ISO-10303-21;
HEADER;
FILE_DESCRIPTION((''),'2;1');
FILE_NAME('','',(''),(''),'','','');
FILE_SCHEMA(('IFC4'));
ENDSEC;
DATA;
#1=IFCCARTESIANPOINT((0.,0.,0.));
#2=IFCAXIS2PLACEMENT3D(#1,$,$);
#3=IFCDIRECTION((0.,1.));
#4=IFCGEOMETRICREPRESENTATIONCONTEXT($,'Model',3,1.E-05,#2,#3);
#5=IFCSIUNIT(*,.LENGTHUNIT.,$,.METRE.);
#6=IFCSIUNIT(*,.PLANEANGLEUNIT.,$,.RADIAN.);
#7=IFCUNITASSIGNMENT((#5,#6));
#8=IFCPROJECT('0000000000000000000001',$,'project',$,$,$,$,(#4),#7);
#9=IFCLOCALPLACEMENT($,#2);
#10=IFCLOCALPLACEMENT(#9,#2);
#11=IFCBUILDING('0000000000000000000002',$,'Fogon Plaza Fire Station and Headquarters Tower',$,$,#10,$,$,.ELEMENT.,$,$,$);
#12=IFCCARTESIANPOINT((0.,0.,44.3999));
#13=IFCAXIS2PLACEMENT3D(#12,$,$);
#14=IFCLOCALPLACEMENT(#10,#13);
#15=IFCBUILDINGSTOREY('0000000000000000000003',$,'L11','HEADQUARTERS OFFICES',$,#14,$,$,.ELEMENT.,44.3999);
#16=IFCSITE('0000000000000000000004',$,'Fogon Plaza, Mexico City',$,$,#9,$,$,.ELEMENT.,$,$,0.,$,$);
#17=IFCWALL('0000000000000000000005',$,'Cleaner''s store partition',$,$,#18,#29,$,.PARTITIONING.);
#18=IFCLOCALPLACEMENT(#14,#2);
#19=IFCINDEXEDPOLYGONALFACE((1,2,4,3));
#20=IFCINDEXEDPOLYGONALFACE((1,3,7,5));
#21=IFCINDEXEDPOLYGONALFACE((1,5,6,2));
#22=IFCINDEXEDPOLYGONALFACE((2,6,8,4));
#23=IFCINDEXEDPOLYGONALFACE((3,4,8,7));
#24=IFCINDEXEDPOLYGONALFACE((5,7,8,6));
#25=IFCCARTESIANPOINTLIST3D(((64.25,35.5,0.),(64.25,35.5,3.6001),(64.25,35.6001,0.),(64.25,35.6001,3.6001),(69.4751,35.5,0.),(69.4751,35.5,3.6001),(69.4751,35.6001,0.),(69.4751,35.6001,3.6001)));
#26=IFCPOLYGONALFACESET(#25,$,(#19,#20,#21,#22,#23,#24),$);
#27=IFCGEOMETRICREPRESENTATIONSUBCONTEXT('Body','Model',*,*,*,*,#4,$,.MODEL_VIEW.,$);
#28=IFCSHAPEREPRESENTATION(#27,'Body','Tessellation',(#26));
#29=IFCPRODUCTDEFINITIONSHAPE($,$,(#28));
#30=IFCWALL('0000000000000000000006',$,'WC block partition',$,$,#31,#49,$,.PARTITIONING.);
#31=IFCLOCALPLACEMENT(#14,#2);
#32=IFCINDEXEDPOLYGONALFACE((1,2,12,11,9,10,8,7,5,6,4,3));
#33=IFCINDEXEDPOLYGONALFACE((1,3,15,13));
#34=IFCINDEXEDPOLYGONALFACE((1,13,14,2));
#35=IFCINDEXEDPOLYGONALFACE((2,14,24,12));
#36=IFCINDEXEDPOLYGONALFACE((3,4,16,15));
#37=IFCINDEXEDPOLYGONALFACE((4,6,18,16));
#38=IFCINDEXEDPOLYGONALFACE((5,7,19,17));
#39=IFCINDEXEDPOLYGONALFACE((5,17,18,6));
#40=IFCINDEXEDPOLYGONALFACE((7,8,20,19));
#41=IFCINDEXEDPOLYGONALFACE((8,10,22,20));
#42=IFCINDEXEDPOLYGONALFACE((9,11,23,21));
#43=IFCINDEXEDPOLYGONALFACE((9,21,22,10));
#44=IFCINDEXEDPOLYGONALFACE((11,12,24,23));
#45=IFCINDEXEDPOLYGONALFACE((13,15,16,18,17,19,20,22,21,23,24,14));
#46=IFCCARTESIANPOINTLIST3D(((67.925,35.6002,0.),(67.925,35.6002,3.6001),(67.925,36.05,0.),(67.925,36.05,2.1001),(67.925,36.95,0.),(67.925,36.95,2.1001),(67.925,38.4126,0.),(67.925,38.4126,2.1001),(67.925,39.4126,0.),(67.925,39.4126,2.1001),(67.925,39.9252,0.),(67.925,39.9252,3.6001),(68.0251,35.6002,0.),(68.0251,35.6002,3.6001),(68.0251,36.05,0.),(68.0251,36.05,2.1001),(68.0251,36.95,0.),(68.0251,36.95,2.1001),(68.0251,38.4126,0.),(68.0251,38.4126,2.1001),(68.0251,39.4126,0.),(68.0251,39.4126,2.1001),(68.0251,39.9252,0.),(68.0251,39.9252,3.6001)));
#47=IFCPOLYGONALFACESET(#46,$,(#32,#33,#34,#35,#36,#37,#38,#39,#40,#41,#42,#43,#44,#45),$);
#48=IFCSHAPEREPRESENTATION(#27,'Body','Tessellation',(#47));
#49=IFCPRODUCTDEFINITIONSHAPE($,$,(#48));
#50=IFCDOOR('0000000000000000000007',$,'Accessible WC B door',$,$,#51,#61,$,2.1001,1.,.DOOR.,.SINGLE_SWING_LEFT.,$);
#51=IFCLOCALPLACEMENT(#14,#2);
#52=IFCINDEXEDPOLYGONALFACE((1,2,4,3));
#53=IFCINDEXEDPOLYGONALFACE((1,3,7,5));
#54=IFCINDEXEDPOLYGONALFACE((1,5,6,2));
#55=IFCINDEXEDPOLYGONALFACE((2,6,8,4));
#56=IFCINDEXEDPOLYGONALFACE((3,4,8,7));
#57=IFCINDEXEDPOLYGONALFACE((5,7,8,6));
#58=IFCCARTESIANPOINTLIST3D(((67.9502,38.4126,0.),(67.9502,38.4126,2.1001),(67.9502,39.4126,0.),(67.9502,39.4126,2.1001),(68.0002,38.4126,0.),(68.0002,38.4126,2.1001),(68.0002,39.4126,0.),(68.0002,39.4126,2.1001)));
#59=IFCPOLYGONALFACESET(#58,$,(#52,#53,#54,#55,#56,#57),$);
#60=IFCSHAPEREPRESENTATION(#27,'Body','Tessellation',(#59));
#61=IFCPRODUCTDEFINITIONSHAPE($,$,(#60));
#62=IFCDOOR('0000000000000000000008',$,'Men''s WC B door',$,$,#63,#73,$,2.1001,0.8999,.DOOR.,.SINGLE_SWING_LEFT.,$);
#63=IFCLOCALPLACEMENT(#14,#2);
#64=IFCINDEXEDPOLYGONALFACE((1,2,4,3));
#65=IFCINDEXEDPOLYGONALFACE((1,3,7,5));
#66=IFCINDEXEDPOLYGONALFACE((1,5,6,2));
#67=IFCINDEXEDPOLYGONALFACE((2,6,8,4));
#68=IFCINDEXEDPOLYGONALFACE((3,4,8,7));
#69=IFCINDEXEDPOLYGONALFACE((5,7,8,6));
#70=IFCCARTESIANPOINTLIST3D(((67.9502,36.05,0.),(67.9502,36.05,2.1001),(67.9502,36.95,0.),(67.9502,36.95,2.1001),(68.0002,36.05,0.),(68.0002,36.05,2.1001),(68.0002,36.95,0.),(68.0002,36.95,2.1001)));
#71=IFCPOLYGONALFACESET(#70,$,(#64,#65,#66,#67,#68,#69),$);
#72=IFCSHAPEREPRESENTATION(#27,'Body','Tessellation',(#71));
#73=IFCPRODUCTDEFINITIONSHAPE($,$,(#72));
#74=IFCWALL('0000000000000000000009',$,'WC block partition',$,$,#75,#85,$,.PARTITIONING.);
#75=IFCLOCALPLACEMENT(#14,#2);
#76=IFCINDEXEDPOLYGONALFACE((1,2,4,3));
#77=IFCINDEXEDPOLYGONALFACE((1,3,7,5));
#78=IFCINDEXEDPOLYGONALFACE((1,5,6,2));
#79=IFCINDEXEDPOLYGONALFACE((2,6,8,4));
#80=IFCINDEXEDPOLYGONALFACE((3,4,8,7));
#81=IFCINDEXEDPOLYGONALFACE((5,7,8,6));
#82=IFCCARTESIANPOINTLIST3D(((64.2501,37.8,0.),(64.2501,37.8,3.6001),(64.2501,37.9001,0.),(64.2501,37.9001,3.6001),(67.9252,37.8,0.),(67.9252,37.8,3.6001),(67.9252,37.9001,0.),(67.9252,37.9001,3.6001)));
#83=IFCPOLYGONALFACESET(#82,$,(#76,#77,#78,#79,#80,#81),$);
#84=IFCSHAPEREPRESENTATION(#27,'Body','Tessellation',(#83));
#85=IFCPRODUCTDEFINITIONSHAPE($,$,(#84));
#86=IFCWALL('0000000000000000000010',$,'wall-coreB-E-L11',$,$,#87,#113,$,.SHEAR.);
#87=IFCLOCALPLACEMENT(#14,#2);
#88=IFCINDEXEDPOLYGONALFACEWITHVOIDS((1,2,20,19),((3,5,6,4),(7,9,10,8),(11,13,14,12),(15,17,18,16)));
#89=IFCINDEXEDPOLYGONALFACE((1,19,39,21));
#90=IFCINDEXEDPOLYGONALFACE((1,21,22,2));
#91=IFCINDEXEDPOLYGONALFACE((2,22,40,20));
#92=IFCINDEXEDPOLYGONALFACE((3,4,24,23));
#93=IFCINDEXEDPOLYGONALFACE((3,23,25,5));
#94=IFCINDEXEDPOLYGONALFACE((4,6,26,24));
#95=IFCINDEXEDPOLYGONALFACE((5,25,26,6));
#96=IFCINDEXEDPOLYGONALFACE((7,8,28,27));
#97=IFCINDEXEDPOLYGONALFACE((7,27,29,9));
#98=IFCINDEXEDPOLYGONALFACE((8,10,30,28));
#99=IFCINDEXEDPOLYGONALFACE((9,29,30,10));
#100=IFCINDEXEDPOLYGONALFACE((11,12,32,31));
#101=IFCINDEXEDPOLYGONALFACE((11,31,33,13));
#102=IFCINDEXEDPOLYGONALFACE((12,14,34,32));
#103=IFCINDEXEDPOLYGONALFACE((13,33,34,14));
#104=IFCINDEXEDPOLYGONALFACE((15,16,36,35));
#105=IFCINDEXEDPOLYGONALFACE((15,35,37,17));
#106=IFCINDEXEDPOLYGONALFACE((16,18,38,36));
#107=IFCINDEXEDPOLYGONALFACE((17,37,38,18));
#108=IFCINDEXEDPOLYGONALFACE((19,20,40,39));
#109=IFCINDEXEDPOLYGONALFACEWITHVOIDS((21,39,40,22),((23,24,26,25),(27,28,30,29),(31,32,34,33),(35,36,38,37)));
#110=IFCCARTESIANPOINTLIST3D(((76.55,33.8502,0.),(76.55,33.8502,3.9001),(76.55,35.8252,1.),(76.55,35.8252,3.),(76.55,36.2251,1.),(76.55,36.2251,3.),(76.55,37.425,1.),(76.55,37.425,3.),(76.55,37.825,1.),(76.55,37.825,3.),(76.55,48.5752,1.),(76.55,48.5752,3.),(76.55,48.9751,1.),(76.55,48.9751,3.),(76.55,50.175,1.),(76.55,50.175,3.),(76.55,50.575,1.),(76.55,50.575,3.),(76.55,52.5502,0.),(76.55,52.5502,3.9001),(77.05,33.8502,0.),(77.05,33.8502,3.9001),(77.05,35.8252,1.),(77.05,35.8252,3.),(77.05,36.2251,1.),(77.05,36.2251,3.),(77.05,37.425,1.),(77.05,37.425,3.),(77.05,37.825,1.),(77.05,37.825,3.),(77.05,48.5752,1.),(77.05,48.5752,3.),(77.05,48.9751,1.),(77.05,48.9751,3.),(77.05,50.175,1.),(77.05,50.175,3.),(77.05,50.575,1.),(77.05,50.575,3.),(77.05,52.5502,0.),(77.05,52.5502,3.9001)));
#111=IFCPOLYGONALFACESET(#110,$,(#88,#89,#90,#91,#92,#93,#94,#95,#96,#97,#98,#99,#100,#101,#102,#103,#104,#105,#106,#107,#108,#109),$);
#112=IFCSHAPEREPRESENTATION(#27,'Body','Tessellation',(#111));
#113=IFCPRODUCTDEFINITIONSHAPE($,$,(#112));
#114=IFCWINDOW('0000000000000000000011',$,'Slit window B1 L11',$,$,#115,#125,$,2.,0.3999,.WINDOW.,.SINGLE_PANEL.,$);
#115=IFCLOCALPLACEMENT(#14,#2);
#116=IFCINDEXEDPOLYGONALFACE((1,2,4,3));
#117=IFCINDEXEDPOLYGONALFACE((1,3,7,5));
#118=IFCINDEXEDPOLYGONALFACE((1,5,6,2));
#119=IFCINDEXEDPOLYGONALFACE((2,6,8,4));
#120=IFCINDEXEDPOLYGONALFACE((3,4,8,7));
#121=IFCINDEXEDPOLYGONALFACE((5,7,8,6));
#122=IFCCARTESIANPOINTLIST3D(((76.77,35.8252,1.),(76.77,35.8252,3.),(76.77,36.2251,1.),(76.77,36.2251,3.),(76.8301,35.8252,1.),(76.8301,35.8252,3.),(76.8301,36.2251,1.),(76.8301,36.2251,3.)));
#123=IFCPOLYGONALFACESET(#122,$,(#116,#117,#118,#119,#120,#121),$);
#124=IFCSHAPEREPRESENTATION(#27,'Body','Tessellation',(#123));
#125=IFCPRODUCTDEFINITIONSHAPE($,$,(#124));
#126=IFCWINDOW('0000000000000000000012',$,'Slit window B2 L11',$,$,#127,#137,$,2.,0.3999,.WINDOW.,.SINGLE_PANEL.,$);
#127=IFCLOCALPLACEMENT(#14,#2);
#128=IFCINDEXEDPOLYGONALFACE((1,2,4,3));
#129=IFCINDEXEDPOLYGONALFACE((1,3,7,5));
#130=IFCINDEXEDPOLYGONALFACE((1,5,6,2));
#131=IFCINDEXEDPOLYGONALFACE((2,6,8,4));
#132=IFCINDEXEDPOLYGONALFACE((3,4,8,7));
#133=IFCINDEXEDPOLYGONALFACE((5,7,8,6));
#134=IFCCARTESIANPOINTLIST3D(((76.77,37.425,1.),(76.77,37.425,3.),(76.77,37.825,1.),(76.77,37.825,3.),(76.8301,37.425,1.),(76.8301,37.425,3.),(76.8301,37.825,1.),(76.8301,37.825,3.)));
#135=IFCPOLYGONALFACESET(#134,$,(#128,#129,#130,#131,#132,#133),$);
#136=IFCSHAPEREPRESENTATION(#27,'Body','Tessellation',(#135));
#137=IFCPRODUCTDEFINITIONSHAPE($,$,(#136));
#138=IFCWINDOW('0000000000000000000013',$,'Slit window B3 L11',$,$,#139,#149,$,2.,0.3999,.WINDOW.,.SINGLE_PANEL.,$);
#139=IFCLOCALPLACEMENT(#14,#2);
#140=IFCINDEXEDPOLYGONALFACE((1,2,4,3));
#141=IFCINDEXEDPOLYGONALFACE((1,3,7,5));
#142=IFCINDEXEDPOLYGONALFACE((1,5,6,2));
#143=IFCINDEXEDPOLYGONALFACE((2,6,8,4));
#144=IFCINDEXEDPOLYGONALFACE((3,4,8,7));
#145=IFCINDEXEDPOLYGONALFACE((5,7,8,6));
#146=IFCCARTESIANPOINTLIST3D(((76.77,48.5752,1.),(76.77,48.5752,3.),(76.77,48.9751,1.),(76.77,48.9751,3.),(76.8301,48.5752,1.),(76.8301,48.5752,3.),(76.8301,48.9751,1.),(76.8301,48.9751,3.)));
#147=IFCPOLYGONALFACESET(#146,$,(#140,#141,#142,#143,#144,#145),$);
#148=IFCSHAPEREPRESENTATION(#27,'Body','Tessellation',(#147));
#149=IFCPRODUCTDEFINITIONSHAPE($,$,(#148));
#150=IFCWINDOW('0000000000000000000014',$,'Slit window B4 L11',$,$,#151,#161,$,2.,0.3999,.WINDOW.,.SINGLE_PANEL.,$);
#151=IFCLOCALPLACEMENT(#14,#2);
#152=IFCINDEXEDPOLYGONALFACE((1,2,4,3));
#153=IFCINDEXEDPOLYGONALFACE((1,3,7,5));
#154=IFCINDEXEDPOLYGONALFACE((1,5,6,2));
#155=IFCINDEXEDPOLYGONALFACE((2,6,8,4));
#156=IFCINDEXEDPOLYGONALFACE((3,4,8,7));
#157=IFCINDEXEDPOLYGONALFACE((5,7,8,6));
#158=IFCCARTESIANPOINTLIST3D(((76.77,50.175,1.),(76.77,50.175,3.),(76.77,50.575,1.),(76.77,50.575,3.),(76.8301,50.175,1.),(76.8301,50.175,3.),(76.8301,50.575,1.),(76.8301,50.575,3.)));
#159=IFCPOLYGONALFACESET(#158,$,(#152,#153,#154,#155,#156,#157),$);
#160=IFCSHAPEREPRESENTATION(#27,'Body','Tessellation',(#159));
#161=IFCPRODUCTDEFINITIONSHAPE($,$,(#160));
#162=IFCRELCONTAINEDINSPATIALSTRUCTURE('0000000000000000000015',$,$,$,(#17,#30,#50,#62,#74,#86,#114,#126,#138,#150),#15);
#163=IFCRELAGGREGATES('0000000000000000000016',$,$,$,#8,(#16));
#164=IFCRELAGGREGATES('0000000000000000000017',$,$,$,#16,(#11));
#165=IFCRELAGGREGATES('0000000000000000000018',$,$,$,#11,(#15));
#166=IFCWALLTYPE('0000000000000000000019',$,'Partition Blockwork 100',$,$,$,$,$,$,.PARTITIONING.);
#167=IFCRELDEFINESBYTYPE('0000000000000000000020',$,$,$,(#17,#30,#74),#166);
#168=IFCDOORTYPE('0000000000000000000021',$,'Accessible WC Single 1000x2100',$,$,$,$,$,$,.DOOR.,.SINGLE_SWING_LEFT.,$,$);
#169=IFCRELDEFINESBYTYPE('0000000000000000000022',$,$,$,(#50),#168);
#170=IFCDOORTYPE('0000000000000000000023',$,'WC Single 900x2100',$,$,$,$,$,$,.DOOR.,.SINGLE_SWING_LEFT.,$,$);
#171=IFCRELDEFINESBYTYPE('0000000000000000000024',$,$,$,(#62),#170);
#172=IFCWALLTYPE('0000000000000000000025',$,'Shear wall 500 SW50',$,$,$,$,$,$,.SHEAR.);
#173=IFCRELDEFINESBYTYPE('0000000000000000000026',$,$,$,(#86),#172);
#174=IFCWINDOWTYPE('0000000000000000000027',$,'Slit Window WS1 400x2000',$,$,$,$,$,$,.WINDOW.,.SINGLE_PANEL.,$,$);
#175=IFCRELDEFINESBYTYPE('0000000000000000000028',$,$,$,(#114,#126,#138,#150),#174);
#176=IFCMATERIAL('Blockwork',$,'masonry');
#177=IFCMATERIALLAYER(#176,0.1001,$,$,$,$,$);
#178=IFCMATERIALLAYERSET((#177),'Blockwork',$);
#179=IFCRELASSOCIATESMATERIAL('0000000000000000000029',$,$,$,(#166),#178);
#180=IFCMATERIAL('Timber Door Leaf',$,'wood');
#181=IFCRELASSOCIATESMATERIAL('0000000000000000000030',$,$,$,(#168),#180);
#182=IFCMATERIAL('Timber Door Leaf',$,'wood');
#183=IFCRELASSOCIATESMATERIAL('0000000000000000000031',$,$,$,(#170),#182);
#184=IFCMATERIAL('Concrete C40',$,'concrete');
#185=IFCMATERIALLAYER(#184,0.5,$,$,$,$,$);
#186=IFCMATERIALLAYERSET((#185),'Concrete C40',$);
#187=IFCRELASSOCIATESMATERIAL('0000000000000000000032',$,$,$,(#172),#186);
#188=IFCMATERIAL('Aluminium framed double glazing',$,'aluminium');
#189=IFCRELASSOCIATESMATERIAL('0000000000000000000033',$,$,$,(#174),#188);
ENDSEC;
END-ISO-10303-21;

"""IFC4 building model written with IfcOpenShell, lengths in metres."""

from ifc_helpers import new_model, si_unit, direction, frame, frame_2d, origin, place, context, subcontext, project, spatial, rectangle, extrude, material, layer, layer_set, type_object, element, fill, save


model = new_model("IFC4")

# Units and contexts
model_context = context("Model", 3, precision=1e-05, world=origin(), true_north=direction((0.0, 1.0)))
body_context = subcontext(model_context, "Body", "Model", "MODEL_VIEW")
ifc_project = project(units=[si_unit("LENGTHUNIT", "METRE"), si_unit("PLANEANGLEUNIT", "RADIAN")], contexts=[model_context])

# Site, building, storey
site_placement = place(None, origin())
site = spatial("IfcSite", under=ifc_project, at=site_placement, Name="Fogon Plaza, Mexico City", CompositionType="ELEMENT", RefElevation=0.0)
building_placement = place(site_placement, origin())
building = spatial("IfcBuilding", under=site, at=building_placement, Name="Fogon Plaza Fire Station and Headquarters Tower", CompositionType="ELEMENT")
storey_placement = place(building_placement, frame((0.0, 0.0, 44.3999)))
storey = spatial("IfcBuildingStorey", under=building, at=storey_placement, Name="L11", Description="HEADQUARTERS OFFICES", CompositionType="ELEMENT", Elevation=44.3999)

# Wall
ifc_material_1 = material(Name="Blockwork", Category="masonry")
ifc_layer_1 = layer(ifc_material_1, 0.1001)
ifc_layer_set_1 = layer_set([ifc_layer_1], Name="Blockwork")
wall_type_1 = type_object("IfcWallType", Name="Partition Blockwork 100", PredefinedType="PARTITIONING", material=ifc_layer_set_1)
wall_1_placement = place(storey_placement, frame((69.4751, 35.55, 0.0), z_axis=(0.0, 0.0, 1.0), x_axis=(-1.0, 0.0, 0.0)))
element("IfcWall", 1, at=wall_1_placement, inside=storey, type_object=wall_type_1, Name="Cleaner's store partition", PredefinedType="PARTITIONING", context=body_context, shape_type="SweptSolid", body=[
    extrude(rectangle(XDim=5.2251, YDim=0.1001, at=frame_2d((2.6125, 0.0))), origin(), (0.0, 0.0, 1.0), 3.6001),
])

# Wall, openings, doors
wall_2_placement = place(storey_placement, frame((67.9751, 35.6001, 0.0), z_axis=(0.0, 0.0, 1.0), x_axis=(0.0, 1.0, 0.0)))
wall_2 = element("IfcWall", 2, at=wall_2_placement, inside=storey, type_object=wall_type_1, Name="WC block partition", PredefinedType="PARTITIONING", context=body_context, shape_type="SweptSolid", body=[
    extrude(rectangle(XDim=4.325, YDim=0.1001, at=frame_2d((2.1626, 0.0))), origin(), (0.0, 0.0, 1.0), 3.6001),
])
opening_1_placement = place(wall_2_placement, frame((0.45, 0.0, 0.0)))
opening_1 = element("IfcOpeningElement", 3, at=opening_1_placement, cuts=wall_2, PredefinedType="OPENING", context=body_context, shape_type="SweptSolid", body=[
    extrude(rectangle(XDim=0.8999, YDim=2.1001, at=frame_2d((0.45, 1.05))), frame((0.0, 0.0601, 0.0), z_axis=(0.0, -1.0, 0.0), x_axis=(1.0, 0.0, 0.0)), (0.0, 0.0, 1.0), 0.1201),
])
opening_2_placement = place(wall_2_placement, frame((2.8125, 0.0, 0.0)))
opening_2 = element("IfcOpeningElement", 4, at=opening_2_placement, cuts=wall_2, PredefinedType="OPENING", context=body_context, shape_type="SweptSolid", body=[
    extrude(rectangle(XDim=1.0, YDim=2.1001, at=frame_2d((0.5, 1.05))), frame((0.0, 0.0601, 0.0), z_axis=(0.0, -1.0, 0.0), x_axis=(1.0, 0.0, 0.0)), (0.0, 0.0, 1.0), 0.1201),
])
ifc_material_2 = material(Name="Timber Door Leaf", Category="wood")
door_type_1 = type_object("IfcDoorType", Name="Accessible WC Single 1000x2100", OperationType="SINGLE_SWING_LEFT", PredefinedType="DOOR", material=ifc_material_2)
door_1_placement = place(opening_2_placement, origin())
door_1 = element("IfcDoor", 5, at=door_1_placement, inside=storey, type_object=door_type_1, Name="Accessible WC B door", OperationType="SINGLE_SWING_LEFT", OverallHeight=2.1001, OverallWidth=1.0, PredefinedType="DOOR", context=body_context, shape_type="SweptSolid", body=[
    extrude(rectangle(XDim=1.0, YDim=2.1001, at=frame_2d((0.5, 1.05))), frame((0.0, 0.0249, 0.0), z_axis=(0.0, -1.0, 0.0), x_axis=(1.0, 0.0, 0.0)), (0.0, 0.0, 1.0), 0.05),
])
fill(opening_2, door_1)
ifc_material_3 = material(Name="Timber Door Leaf", Category="wood")
door_type_2 = type_object("IfcDoorType", Name="WC Single 900x2100", OperationType="SINGLE_SWING_LEFT", PredefinedType="DOOR", material=ifc_material_3)
door_2_placement = place(opening_1_placement, origin())
door_2 = element("IfcDoor", 6, at=door_2_placement, inside=storey, type_object=door_type_2, Name="Men's WC B door", OperationType="SINGLE_SWING_LEFT", OverallHeight=2.1001, OverallWidth=0.8999, PredefinedType="DOOR", context=body_context, shape_type="SweptSolid", body=[
    extrude(rectangle(XDim=0.8999, YDim=2.1001, at=frame_2d((0.45, 1.05))), frame((0.0, 0.0249, 0.0), z_axis=(0.0, -1.0, 0.0), x_axis=(1.0, 0.0, 0.0)), (0.0, 0.0, 1.0), 0.05),
])
fill(opening_1, door_2)

# Wall
wall_3_placement = place(storey_placement, frame((67.925, 37.8501, 0.0), z_axis=(0.0, 0.0, 1.0), x_axis=(-1.0, 0.0, 0.0)))
element("IfcWall", 7, at=wall_3_placement, inside=storey, type_object=wall_type_1, Name="WC block partition", PredefinedType="PARTITIONING", context=body_context, shape_type="SweptSolid", body=[
    extrude(rectangle(XDim=3.675, YDim=0.1001, at=frame_2d((1.8374, 0.0))), origin(), (0.0, 0.0, 1.0), 3.6001),
])

# Wall, openings, windows
ifc_material_4 = material(Name="Concrete C40", Category="concrete")
ifc_layer_2 = layer(ifc_material_4, 0.5)
ifc_layer_set_2 = layer_set([ifc_layer_2], Name="Concrete C40")
wall_type_2 = type_object("IfcWallType", Name="Shear wall 500 SW50", PredefinedType="SHEAR", material=ifc_layer_set_2)
wall_4_placement = place(storey_placement, frame((76.8, 33.8501, 0.0), z_axis=(0.0, 0.0, 1.0), x_axis=(0.0, 1.0, 0.0)))
wall_4 = element("IfcWall", 8, at=wall_4_placement, inside=storey, type_object=wall_type_2, Name="wall-coreB-E-L11", PredefinedType="SHEAR", context=body_context, shape_type="SweptSolid", body=[
    extrude(rectangle(XDim=18.7, YDim=0.5, at=frame_2d((9.3501, 0.0))), origin(), (0.0, 0.0, 1.0), 3.9001),
])
opening_3_placement = place(wall_4_placement, frame((1.9751, 0.0, 1.0)))
opening_3 = element("IfcOpeningElement", 9, at=opening_3_placement, cuts=wall_4, PredefinedType="OPENING", context=body_context, shape_type="SweptSolid", body=[
    extrude(rectangle(XDim=0.3999, YDim=2.0, at=frame_2d((0.2, 1.0))), frame((0.0, 0.26, 0.0), z_axis=(0.0, -1.0, 0.0), x_axis=(1.0, 0.0, 0.0)), (0.0, 0.0, 1.0), 0.52),
])
opening_4_placement = place(wall_4_placement, frame((3.575, 0.0, 1.0)))
opening_4 = element("IfcOpeningElement", 10, at=opening_4_placement, cuts=wall_4, PredefinedType="OPENING", context=body_context, shape_type="SweptSolid", body=[
    extrude(rectangle(XDim=0.3999, YDim=2.0, at=frame_2d((0.2, 1.0))), frame((0.0, 0.26, 0.0), z_axis=(0.0, -1.0, 0.0), x_axis=(1.0, 0.0, 0.0)), (0.0, 0.0, 1.0), 0.52),
])
opening_5_placement = place(wall_4_placement, frame((14.7251, 0.0, 1.0)))
opening_5 = element("IfcOpeningElement", 11, at=opening_5_placement, cuts=wall_4, PredefinedType="OPENING", context=body_context, shape_type="SweptSolid", body=[
    extrude(rectangle(XDim=0.3999, YDim=2.0, at=frame_2d((0.2, 1.0))), frame((0.0, 0.26, 0.0), z_axis=(0.0, -1.0, 0.0), x_axis=(1.0, 0.0, 0.0)), (0.0, 0.0, 1.0), 0.52),
])
opening_6_placement = place(wall_4_placement, frame((16.325, 0.0, 1.0)))
opening_6 = element("IfcOpeningElement", 12, at=opening_6_placement, cuts=wall_4, PredefinedType="OPENING", context=body_context, shape_type="SweptSolid", body=[
    extrude(rectangle(XDim=0.3999, YDim=2.0, at=frame_2d((0.2, 1.0))), frame((0.0, 0.26, 0.0), z_axis=(0.0, -1.0, 0.0), x_axis=(1.0, 0.0, 0.0)), (0.0, 0.0, 1.0), 0.52),
])
ifc_material_5 = material(Name="Aluminium framed double glazing", Category="aluminium")
window_type = type_object("IfcWindowType", Name="Slit Window WS1 400x2000", PartitioningType="SINGLE_PANEL", PredefinedType="WINDOW", material=ifc_material_5)
window_1_placement = place(opening_3_placement, origin())
window_1 = element("IfcWindow", 13, at=window_1_placement, inside=storey, type_object=window_type, Name="Slit window B1 L11", OverallHeight=2.0, OverallWidth=0.3999, PartitioningType="SINGLE_PANEL", PredefinedType="WINDOW", context=body_context, shape_type="SweptSolid", body=[
    extrude(rectangle(XDim=0.3999, YDim=2.0, at=frame_2d((0.2, 1.0))), frame((0.0, 0.03, 0.0), z_axis=(0.0, -1.0, 0.0), x_axis=(1.0, 0.0, 0.0)), (0.0, 0.0, 1.0), 0.0601),
])
fill(opening_3, window_1)
window_2_placement = place(opening_4_placement, origin())
window_2 = element("IfcWindow", 14, at=window_2_placement, inside=storey, type_object=window_type, Name="Slit window B2 L11", OverallHeight=2.0, OverallWidth=0.3999, PartitioningType="SINGLE_PANEL", PredefinedType="WINDOW", context=body_context, shape_type="SweptSolid", body=[
    extrude(rectangle(XDim=0.3999, YDim=2.0, at=frame_2d((0.2, 1.0))), frame((0.0, 0.03, 0.0), z_axis=(0.0, -1.0, 0.0), x_axis=(1.0, 0.0, 0.0)), (0.0, 0.0, 1.0), 0.0601),
])
fill(opening_4, window_2)
window_3_placement = place(opening_5_placement, origin())
window_3 = element("IfcWindow", 15, at=window_3_placement, inside=storey, type_object=window_type, Name="Slit window B3 L11", OverallHeight=2.0, OverallWidth=0.3999, PartitioningType="SINGLE_PANEL", PredefinedType="WINDOW", context=body_context, shape_type="SweptSolid", body=[
    extrude(rectangle(XDim=0.3999, YDim=2.0, at=frame_2d((0.2, 1.0))), frame((0.0, 0.03, 0.0), z_axis=(0.0, -1.0, 0.0), x_axis=(1.0, 0.0, 0.0)), (0.0, 0.0, 1.0), 0.0601),
])
fill(opening_5, window_3)
window_4_placement = place(opening_6_placement, origin())
window_4 = element("IfcWindow", 16, at=window_4_placement, inside=storey, type_object=window_type, Name="Slit window B4 L11", OverallHeight=2.0, OverallWidth=0.3999, PartitioningType="SINGLE_PANEL", PredefinedType="WINDOW", context=body_context, shape_type="SweptSolid", body=[
    extrude(rectangle(XDim=0.3999, YDim=2.0, at=frame_2d((0.2, 1.0))), frame((0.0, 0.03, 0.0), z_axis=(0.0, -1.0, 0.0), x_axis=(1.0, 0.0, 0.0)), (0.0, 0.0, 1.0), 0.0601),
])
fill(opening_6, window_4)

save(model, "model.ifc")
